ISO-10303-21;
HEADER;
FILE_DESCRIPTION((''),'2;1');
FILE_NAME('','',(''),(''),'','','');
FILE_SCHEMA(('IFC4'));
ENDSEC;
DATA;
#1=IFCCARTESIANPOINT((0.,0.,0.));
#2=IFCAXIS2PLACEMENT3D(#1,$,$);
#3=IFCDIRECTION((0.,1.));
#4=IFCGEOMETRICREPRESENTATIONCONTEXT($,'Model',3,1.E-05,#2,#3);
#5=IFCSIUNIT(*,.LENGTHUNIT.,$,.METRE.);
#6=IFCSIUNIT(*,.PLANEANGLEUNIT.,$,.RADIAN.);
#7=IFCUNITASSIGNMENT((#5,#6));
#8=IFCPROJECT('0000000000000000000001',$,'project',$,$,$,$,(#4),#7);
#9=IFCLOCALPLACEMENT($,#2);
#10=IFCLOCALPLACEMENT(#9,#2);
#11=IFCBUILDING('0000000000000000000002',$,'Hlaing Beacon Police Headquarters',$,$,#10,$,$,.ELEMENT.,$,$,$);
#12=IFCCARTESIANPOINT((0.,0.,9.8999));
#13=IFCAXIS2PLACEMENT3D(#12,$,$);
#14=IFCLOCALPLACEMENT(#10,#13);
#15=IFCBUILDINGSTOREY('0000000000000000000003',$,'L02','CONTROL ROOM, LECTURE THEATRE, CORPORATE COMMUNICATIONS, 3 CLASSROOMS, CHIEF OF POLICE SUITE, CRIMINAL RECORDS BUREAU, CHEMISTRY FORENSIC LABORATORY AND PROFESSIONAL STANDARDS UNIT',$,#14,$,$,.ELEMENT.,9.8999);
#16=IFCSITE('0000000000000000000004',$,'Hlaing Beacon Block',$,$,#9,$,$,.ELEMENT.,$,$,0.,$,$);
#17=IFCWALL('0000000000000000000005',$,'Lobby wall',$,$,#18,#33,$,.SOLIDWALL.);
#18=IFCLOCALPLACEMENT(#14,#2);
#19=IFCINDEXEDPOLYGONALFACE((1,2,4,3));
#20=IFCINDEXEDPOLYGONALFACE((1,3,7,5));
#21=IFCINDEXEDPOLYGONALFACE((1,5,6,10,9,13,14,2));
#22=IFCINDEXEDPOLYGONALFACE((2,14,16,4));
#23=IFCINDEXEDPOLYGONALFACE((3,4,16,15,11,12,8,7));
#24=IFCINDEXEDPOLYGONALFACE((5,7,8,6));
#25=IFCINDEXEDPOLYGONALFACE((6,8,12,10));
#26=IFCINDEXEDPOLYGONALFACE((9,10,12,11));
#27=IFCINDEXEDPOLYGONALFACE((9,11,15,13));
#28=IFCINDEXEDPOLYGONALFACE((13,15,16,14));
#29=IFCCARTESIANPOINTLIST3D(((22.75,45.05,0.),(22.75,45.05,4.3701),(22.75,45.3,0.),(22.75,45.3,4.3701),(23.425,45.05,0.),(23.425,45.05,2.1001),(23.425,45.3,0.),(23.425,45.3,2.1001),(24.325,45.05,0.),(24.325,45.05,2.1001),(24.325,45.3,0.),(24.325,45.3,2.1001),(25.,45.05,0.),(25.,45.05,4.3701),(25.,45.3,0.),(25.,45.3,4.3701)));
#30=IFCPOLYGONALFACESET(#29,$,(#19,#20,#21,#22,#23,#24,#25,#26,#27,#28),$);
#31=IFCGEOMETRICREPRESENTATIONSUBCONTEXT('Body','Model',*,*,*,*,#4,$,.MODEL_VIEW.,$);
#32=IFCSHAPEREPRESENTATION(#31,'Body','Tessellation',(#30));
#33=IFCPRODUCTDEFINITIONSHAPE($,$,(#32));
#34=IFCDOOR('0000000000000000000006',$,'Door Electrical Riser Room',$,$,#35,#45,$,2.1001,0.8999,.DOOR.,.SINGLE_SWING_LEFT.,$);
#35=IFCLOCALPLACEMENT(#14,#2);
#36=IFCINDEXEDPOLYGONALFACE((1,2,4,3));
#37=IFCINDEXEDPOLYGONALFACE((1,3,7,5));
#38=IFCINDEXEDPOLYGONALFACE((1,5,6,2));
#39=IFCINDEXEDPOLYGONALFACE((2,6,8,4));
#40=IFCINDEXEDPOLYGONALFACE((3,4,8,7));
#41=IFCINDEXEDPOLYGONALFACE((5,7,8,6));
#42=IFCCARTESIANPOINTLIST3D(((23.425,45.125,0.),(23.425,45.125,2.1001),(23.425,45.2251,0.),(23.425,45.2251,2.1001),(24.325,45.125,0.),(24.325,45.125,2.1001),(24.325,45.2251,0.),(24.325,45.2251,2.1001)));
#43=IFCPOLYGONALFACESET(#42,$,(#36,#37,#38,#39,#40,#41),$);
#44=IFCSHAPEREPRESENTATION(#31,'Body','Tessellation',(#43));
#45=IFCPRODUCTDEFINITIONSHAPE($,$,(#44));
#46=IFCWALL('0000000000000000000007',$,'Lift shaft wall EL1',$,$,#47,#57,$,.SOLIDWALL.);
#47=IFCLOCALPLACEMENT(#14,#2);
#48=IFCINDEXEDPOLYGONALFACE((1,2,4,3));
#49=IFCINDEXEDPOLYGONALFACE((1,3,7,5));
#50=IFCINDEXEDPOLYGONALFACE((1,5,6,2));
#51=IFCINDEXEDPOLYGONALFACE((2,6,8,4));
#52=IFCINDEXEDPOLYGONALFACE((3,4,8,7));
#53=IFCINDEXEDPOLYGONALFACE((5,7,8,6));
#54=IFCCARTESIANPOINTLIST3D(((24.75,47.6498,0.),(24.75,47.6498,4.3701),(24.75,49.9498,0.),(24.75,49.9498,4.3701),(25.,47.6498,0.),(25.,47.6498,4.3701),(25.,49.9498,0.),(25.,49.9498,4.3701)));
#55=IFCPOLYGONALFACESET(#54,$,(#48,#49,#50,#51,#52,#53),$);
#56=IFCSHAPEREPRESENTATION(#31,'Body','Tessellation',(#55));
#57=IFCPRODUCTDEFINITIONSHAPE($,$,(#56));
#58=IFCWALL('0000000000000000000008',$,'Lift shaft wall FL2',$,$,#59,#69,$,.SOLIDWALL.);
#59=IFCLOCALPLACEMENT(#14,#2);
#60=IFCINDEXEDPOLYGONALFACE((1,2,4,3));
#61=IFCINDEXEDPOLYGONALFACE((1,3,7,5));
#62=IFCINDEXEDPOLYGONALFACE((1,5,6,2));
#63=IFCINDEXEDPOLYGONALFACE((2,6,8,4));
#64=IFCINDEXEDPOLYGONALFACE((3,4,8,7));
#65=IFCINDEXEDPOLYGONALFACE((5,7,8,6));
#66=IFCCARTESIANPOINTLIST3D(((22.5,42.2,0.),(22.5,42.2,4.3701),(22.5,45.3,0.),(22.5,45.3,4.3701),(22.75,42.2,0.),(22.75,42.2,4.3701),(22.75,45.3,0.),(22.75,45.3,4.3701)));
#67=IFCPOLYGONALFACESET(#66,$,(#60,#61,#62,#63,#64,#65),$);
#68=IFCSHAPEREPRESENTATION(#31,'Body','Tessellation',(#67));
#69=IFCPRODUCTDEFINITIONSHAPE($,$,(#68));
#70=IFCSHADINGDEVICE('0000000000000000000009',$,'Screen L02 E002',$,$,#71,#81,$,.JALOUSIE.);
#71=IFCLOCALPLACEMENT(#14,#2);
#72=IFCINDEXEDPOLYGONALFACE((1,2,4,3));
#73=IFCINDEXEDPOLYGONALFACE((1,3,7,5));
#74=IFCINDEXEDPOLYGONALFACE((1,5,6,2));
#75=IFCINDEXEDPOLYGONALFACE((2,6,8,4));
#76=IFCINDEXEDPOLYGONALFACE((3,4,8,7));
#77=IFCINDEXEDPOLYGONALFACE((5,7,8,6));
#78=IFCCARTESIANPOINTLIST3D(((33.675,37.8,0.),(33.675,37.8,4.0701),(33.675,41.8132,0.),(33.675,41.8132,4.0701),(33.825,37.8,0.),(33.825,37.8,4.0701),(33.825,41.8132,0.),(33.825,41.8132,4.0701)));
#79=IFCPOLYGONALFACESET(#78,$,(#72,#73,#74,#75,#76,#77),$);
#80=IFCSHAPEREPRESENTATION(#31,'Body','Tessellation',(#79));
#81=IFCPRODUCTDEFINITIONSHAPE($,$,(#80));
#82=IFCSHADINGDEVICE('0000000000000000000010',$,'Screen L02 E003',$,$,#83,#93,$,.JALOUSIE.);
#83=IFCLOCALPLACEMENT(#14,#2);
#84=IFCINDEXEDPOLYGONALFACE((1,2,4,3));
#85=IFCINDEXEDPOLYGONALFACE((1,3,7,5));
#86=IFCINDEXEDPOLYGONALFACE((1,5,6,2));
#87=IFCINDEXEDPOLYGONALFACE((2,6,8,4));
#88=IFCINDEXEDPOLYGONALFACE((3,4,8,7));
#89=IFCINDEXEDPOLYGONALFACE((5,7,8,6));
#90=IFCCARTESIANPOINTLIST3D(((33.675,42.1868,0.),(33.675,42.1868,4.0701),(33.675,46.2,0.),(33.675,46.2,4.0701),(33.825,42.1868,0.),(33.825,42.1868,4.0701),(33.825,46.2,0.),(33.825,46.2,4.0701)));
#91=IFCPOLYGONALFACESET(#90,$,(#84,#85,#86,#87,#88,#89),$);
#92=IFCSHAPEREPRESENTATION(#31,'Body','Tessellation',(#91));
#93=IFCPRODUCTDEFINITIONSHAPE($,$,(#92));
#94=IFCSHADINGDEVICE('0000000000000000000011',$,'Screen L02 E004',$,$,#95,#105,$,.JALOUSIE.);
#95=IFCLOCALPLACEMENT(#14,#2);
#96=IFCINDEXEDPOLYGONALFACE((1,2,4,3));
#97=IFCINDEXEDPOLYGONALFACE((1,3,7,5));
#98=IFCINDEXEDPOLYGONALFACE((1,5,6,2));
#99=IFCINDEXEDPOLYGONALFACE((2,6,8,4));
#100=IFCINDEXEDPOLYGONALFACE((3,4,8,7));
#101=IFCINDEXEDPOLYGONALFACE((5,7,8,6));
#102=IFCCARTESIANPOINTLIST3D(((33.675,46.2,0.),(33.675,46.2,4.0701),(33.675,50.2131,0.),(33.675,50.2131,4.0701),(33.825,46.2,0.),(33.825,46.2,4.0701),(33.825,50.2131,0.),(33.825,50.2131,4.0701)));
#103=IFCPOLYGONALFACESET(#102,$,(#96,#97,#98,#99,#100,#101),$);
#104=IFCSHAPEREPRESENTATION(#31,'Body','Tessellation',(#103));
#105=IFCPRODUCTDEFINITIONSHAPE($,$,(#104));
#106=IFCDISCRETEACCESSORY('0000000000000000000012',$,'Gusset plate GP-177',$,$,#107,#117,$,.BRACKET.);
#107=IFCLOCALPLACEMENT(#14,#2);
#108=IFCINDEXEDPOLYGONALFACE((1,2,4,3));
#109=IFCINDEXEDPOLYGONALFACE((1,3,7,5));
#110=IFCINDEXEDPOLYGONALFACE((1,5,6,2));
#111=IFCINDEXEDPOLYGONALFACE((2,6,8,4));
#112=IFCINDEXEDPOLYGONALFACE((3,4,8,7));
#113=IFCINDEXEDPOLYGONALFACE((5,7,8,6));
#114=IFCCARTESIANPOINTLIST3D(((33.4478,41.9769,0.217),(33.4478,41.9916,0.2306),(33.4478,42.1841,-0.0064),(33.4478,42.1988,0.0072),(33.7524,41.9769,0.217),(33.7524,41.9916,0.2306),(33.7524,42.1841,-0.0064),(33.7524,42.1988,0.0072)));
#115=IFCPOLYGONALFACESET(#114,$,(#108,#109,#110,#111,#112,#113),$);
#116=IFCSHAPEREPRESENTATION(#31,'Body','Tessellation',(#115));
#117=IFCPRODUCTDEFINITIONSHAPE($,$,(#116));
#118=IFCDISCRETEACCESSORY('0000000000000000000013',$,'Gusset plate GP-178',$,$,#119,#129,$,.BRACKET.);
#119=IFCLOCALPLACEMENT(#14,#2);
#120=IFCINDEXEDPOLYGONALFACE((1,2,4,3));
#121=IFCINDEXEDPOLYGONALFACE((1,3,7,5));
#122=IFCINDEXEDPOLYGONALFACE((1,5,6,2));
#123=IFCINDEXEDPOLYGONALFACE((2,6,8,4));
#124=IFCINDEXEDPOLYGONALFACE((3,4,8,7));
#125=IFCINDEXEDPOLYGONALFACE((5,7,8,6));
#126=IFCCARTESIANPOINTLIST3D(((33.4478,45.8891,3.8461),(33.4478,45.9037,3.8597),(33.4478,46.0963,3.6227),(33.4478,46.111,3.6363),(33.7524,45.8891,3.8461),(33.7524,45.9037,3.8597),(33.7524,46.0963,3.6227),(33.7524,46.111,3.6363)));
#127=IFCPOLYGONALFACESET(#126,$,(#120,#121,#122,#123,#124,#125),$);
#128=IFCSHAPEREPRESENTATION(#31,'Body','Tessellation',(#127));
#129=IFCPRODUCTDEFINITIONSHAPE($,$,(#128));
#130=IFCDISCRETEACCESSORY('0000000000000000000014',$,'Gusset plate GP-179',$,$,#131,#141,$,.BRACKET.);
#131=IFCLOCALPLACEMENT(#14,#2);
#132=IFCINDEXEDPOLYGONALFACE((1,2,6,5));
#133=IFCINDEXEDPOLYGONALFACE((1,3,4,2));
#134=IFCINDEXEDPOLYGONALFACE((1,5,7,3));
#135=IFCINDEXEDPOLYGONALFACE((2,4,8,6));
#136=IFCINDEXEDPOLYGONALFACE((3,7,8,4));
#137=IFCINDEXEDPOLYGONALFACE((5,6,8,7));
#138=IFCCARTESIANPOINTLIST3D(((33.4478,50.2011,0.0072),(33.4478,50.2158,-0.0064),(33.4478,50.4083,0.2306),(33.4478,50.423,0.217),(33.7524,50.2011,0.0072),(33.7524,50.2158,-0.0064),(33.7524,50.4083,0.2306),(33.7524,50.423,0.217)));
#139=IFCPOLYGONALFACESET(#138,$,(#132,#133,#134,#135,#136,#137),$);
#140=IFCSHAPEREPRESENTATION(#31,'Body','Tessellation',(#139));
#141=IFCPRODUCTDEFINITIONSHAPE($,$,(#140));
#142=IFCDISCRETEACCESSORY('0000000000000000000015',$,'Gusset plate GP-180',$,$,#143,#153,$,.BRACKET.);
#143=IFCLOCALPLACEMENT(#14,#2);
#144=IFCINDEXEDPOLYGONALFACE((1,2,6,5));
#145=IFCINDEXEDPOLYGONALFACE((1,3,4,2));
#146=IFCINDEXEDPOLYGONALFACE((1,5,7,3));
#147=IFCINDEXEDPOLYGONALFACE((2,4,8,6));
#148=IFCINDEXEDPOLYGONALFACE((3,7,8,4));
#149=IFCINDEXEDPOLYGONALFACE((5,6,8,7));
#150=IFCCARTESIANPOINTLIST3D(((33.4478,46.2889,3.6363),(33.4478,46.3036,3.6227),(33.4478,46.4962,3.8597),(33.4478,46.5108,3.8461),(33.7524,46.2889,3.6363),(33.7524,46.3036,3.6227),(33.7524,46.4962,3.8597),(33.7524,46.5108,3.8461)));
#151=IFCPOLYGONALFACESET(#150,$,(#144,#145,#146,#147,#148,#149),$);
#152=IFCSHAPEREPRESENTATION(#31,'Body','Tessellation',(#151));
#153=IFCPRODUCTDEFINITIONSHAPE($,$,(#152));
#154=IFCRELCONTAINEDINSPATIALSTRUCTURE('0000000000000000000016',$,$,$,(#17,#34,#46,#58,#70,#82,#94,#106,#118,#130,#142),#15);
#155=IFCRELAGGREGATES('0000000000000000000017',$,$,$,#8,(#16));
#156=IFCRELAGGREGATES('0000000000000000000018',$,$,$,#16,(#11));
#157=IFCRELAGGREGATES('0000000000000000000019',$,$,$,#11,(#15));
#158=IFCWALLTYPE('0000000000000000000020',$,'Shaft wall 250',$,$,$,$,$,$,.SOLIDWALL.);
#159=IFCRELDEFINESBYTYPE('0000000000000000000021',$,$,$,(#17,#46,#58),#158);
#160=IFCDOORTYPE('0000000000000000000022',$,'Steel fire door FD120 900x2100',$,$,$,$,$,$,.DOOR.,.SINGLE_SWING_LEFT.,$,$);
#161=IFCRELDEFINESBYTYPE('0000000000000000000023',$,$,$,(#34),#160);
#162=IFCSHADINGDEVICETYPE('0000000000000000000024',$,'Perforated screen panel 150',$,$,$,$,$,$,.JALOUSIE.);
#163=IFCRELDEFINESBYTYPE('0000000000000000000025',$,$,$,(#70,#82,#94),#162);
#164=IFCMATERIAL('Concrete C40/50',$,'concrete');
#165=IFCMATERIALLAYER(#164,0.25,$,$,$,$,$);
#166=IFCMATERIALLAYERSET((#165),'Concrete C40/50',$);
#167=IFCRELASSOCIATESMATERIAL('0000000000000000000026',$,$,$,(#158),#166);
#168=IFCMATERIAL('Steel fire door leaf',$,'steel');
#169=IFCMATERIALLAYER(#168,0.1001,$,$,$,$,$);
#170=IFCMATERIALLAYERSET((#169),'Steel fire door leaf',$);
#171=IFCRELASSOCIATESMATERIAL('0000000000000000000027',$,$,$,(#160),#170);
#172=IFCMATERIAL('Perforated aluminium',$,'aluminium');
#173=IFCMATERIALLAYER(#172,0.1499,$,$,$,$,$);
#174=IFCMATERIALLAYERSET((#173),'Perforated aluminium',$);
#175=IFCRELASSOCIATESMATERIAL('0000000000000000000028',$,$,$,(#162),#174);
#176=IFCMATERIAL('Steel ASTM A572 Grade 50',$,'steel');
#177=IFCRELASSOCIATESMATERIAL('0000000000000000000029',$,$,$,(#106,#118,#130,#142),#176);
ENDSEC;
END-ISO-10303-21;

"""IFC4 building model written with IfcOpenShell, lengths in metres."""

from ifc_helpers import new_model, si_unit, direction, frame, frame_2d, origin, origin_2d, place, context, subcontext, project, spatial, rectangle, extrude, material, layer, layer_set, type_object, element, fill, save


model = new_model("IFC4")

# Units and contexts
model_context = context("Model", 3, precision=1e-05, world=origin(), true_north=direction((0.0, 1.0)))
body_context = subcontext(model_context, "Body", "Model", "MODEL_VIEW")
ifc_project = project(units=[si_unit("LENGTHUNIT", "METRE"), si_unit("PLANEANGLEUNIT", "RADIAN")], contexts=[model_context])

# Site, building, storey
site_placement = place(None, origin())
site = spatial("IfcSite", under=ifc_project, at=site_placement, Name="Hlaing Beacon Block", CompositionType="ELEMENT", RefElevation=0.0)
building_placement = place(site_placement, origin())
building = spatial("IfcBuilding", under=site, at=building_placement, Name="Hlaing Beacon Police Headquarters", CompositionType="ELEMENT")
storey_placement = place(building_placement, frame((0.0, 0.0, 9.8999)))
storey = spatial("IfcBuildingStorey", under=building, at=storey_placement, Name="L02", Description="CONTROL ROOM, LECTURE THEATRE, CORPORATE COMMUNICATIONS, 3 CLASSROOMS, CHIEF OF POLICE SUITE, CRIMINAL RECORDS BUREAU, CHEMISTRY FORENSIC LABORATORY AND PROFESSIONAL STANDARDS UNIT", CompositionType="ELEMENT", Elevation=9.8999)

# Wall, opening, door
ifc_material_1 = material(Name="Concrete C40/50", Category="concrete")
ifc_layer_1 = layer(ifc_material_1, 0.25)
ifc_layer_set_1 = layer_set([ifc_layer_1], Name="Concrete C40/50")
wall_type_1 = type_object("IfcWallType", Name="Shaft wall 250", PredefinedType="SOLIDWALL", material=ifc_layer_set_1)
wall_1_placement = place(storey_placement, frame((25.0, 45.175, 0.0), z_axis=(0.0, 0.0, 1.0), x_axis=(-1.0, 0.0, 0.0)))
wall_1 = element("IfcWall", 1, at=wall_1_placement, inside=storey, type_object=wall_type_1, Name="Lobby wall", PredefinedType="SOLIDWALL", context=body_context, shape_type="SweptSolid", body=[
    extrude(rectangle(XDim=2.25, YDim=0.25, at=frame_2d((1.125, 0.0))), origin(), (0.0, 0.0, 1.0), 4.3701),
])
opening_1_placement = place(wall_1_placement, frame((0.675, 0.0, 0.0)))
opening_1 = element("IfcOpeningElement", 2, at=opening_1_placement, cuts=wall_1, PredefinedType="OPENING", context=body_context, shape_type="SweptSolid", body=[
    extrude(rectangle(XDim=0.8999, YDim=2.1001, at=frame_2d((0.45, 1.05))), frame((0.0, 0.135, 0.0), z_axis=(0.0, -1.0, 0.0), x_axis=(1.0, 0.0, 0.0)), (0.0, 0.0, 1.0), 0.27),
])
ifc_material_2 = material(Name="Steel fire door leaf", Category="steel")
ifc_layer_2 = layer(ifc_material_2, 0.1001)
ifc_layer_set_2 = layer_set([ifc_layer_2], Name="Steel fire door leaf")
door_type_1 = type_object("IfcDoorType", Name="Steel fire door FD120 900x2100", OperationType="SINGLE_SWING_LEFT", PredefinedType="DOOR", material=ifc_layer_set_2)
door_1_placement = place(opening_1_placement, origin())
door_1 = element("IfcDoor", 3, at=door_1_placement, inside=storey, type_object=door_type_1, Name="Door Electrical Riser Room", OperationType="SINGLE_SWING_LEFT", OverallHeight=2.1001, OverallWidth=0.8999, PredefinedType="DOOR", context=body_context, shape_type="SweptSolid", body=[
    extrude(rectangle(XDim=0.8999, YDim=2.1001, at=frame_2d((0.45, 1.05))), frame((0.0, 0.05, 0.0), z_axis=(0.0, -1.0, 0.0), x_axis=(1.0, 0.0, 0.0)), (0.0, 0.0, 1.0), 0.1001),
])
fill(opening_1, door_1)

# Walls
wall_2_placement = place(storey_placement, frame((24.875, 47.6499, 0.0), z_axis=(0.0, 0.0, 1.0), x_axis=(0.0, 1.0, 0.0)))
element("IfcWall", 4, at=wall_2_placement, inside=storey, type_object=wall_type_1, Name="Lift shaft wall EL1", PredefinedType="SOLIDWALL", context=body_context, shape_type="SweptSolid", body=[
    extrude(rectangle(XDim=2.3, YDim=0.25, at=frame_2d((1.1499, 0.0))), origin(), (0.0, 0.0, 1.0), 4.3701),
])
wall_3_placement = place(storey_placement, frame((22.625, 42.2, 0.0), z_axis=(0.0, 0.0, 1.0), x_axis=(0.0, 1.0, 0.0)))
element("IfcWall", 5, at=wall_3_placement, inside=storey, type_object=wall_type_1, Name="Lift shaft wall FL2", PredefinedType="SOLIDWALL", context=body_context, shape_type="SweptSolid", body=[
    extrude(rectangle(XDim=3.1001, YDim=0.25, at=frame_2d((1.55, 0.0))), origin(), (0.0, 0.0, 1.0), 4.3701),
])

# Shading devices
ifc_material_3 = material(Name="Perforated aluminium", Category="aluminium")
ifc_layer_3 = layer(ifc_material_3, 0.1499)
ifc_layer_set_3 = layer_set([ifc_layer_3], Name="Perforated aluminium")
shading_device_type = type_object("IfcShadingDeviceType", Name="Perforated screen panel 150", PredefinedType="JALOUSIE", material=ifc_layer_set_3)
for number, where, z_axis, x_axis, name in (
    (6, (33.75, 39.8066, 0.0), (0.0, 0.0, 1.0), (0.0, 1.0, 0.0), "Screen L02 E002"),
    (7, (33.75, 44.1934, 0.0), (0.0, 0.0, 1.0), (0.0, 1.0, 0.0), "Screen L02 E003"),
    (8, (33.75, 48.2065, 0.0), (0.0, 0.0, 1.0), (0.0, 1.0, 0.0), "Screen L02 E004"),
):
    element("IfcShadingDevice", number, at=place(storey_placement, frame(where, z_axis=z_axis, x_axis=x_axis)), inside=storey, type_object=shading_device_type, Name=name, PredefinedType="JALOUSIE", context=body_context, shape_type="SweptSolid", body=[
        extrude(rectangle(XDim=4.0132, YDim=0.1499, at=origin_2d()), origin(), (0.0, 0.0, 1.0), 4.0701),
    ])

# Discrete accessories
ifc_material_4 = material(Name="Steel ASTM A572 Grade 50", Category="steel")
for number, where, z_axis, x_axis, name in (
    (9, (33.6001, 42.0952, 0.1189), (0.0, -0.733123, -0.680097), (1.0, 0.0, 0.0), "Gusset plate GP-177"),
    (10, (33.6001, 45.9927, 3.7344), (0.0, 0.733123, 0.680097), (-1.0, 0.0, 0.0), "Gusset plate GP-178"),
    (11, (33.6001, 50.3047, 0.1189), (0.0, 0.733123, -0.680097), (-1.0, 0.0, 0.0), "Gusset plate GP-179"),
    (12, (33.6001, 46.4072, 3.7344), (0.0, -0.733123, 0.680097), (1.0, 0.0, 0.0), "Gusset plate GP-180"),
):
    element("IfcDiscreteAccessory", number, at=place(storey_placement, frame(where, z_axis=z_axis, x_axis=x_axis)), inside=storey, material=ifc_material_4, Name=name, PredefinedType="BRACKET", context=body_context, shape_type="SweptSolid", body=[
        extrude(rectangle(XDim=0.3047, YDim=0.3047, at=origin_2d()), origin(), (0.0, 0.0, 1.0), 0.02),
    ])

save(model, "model.ifc")
